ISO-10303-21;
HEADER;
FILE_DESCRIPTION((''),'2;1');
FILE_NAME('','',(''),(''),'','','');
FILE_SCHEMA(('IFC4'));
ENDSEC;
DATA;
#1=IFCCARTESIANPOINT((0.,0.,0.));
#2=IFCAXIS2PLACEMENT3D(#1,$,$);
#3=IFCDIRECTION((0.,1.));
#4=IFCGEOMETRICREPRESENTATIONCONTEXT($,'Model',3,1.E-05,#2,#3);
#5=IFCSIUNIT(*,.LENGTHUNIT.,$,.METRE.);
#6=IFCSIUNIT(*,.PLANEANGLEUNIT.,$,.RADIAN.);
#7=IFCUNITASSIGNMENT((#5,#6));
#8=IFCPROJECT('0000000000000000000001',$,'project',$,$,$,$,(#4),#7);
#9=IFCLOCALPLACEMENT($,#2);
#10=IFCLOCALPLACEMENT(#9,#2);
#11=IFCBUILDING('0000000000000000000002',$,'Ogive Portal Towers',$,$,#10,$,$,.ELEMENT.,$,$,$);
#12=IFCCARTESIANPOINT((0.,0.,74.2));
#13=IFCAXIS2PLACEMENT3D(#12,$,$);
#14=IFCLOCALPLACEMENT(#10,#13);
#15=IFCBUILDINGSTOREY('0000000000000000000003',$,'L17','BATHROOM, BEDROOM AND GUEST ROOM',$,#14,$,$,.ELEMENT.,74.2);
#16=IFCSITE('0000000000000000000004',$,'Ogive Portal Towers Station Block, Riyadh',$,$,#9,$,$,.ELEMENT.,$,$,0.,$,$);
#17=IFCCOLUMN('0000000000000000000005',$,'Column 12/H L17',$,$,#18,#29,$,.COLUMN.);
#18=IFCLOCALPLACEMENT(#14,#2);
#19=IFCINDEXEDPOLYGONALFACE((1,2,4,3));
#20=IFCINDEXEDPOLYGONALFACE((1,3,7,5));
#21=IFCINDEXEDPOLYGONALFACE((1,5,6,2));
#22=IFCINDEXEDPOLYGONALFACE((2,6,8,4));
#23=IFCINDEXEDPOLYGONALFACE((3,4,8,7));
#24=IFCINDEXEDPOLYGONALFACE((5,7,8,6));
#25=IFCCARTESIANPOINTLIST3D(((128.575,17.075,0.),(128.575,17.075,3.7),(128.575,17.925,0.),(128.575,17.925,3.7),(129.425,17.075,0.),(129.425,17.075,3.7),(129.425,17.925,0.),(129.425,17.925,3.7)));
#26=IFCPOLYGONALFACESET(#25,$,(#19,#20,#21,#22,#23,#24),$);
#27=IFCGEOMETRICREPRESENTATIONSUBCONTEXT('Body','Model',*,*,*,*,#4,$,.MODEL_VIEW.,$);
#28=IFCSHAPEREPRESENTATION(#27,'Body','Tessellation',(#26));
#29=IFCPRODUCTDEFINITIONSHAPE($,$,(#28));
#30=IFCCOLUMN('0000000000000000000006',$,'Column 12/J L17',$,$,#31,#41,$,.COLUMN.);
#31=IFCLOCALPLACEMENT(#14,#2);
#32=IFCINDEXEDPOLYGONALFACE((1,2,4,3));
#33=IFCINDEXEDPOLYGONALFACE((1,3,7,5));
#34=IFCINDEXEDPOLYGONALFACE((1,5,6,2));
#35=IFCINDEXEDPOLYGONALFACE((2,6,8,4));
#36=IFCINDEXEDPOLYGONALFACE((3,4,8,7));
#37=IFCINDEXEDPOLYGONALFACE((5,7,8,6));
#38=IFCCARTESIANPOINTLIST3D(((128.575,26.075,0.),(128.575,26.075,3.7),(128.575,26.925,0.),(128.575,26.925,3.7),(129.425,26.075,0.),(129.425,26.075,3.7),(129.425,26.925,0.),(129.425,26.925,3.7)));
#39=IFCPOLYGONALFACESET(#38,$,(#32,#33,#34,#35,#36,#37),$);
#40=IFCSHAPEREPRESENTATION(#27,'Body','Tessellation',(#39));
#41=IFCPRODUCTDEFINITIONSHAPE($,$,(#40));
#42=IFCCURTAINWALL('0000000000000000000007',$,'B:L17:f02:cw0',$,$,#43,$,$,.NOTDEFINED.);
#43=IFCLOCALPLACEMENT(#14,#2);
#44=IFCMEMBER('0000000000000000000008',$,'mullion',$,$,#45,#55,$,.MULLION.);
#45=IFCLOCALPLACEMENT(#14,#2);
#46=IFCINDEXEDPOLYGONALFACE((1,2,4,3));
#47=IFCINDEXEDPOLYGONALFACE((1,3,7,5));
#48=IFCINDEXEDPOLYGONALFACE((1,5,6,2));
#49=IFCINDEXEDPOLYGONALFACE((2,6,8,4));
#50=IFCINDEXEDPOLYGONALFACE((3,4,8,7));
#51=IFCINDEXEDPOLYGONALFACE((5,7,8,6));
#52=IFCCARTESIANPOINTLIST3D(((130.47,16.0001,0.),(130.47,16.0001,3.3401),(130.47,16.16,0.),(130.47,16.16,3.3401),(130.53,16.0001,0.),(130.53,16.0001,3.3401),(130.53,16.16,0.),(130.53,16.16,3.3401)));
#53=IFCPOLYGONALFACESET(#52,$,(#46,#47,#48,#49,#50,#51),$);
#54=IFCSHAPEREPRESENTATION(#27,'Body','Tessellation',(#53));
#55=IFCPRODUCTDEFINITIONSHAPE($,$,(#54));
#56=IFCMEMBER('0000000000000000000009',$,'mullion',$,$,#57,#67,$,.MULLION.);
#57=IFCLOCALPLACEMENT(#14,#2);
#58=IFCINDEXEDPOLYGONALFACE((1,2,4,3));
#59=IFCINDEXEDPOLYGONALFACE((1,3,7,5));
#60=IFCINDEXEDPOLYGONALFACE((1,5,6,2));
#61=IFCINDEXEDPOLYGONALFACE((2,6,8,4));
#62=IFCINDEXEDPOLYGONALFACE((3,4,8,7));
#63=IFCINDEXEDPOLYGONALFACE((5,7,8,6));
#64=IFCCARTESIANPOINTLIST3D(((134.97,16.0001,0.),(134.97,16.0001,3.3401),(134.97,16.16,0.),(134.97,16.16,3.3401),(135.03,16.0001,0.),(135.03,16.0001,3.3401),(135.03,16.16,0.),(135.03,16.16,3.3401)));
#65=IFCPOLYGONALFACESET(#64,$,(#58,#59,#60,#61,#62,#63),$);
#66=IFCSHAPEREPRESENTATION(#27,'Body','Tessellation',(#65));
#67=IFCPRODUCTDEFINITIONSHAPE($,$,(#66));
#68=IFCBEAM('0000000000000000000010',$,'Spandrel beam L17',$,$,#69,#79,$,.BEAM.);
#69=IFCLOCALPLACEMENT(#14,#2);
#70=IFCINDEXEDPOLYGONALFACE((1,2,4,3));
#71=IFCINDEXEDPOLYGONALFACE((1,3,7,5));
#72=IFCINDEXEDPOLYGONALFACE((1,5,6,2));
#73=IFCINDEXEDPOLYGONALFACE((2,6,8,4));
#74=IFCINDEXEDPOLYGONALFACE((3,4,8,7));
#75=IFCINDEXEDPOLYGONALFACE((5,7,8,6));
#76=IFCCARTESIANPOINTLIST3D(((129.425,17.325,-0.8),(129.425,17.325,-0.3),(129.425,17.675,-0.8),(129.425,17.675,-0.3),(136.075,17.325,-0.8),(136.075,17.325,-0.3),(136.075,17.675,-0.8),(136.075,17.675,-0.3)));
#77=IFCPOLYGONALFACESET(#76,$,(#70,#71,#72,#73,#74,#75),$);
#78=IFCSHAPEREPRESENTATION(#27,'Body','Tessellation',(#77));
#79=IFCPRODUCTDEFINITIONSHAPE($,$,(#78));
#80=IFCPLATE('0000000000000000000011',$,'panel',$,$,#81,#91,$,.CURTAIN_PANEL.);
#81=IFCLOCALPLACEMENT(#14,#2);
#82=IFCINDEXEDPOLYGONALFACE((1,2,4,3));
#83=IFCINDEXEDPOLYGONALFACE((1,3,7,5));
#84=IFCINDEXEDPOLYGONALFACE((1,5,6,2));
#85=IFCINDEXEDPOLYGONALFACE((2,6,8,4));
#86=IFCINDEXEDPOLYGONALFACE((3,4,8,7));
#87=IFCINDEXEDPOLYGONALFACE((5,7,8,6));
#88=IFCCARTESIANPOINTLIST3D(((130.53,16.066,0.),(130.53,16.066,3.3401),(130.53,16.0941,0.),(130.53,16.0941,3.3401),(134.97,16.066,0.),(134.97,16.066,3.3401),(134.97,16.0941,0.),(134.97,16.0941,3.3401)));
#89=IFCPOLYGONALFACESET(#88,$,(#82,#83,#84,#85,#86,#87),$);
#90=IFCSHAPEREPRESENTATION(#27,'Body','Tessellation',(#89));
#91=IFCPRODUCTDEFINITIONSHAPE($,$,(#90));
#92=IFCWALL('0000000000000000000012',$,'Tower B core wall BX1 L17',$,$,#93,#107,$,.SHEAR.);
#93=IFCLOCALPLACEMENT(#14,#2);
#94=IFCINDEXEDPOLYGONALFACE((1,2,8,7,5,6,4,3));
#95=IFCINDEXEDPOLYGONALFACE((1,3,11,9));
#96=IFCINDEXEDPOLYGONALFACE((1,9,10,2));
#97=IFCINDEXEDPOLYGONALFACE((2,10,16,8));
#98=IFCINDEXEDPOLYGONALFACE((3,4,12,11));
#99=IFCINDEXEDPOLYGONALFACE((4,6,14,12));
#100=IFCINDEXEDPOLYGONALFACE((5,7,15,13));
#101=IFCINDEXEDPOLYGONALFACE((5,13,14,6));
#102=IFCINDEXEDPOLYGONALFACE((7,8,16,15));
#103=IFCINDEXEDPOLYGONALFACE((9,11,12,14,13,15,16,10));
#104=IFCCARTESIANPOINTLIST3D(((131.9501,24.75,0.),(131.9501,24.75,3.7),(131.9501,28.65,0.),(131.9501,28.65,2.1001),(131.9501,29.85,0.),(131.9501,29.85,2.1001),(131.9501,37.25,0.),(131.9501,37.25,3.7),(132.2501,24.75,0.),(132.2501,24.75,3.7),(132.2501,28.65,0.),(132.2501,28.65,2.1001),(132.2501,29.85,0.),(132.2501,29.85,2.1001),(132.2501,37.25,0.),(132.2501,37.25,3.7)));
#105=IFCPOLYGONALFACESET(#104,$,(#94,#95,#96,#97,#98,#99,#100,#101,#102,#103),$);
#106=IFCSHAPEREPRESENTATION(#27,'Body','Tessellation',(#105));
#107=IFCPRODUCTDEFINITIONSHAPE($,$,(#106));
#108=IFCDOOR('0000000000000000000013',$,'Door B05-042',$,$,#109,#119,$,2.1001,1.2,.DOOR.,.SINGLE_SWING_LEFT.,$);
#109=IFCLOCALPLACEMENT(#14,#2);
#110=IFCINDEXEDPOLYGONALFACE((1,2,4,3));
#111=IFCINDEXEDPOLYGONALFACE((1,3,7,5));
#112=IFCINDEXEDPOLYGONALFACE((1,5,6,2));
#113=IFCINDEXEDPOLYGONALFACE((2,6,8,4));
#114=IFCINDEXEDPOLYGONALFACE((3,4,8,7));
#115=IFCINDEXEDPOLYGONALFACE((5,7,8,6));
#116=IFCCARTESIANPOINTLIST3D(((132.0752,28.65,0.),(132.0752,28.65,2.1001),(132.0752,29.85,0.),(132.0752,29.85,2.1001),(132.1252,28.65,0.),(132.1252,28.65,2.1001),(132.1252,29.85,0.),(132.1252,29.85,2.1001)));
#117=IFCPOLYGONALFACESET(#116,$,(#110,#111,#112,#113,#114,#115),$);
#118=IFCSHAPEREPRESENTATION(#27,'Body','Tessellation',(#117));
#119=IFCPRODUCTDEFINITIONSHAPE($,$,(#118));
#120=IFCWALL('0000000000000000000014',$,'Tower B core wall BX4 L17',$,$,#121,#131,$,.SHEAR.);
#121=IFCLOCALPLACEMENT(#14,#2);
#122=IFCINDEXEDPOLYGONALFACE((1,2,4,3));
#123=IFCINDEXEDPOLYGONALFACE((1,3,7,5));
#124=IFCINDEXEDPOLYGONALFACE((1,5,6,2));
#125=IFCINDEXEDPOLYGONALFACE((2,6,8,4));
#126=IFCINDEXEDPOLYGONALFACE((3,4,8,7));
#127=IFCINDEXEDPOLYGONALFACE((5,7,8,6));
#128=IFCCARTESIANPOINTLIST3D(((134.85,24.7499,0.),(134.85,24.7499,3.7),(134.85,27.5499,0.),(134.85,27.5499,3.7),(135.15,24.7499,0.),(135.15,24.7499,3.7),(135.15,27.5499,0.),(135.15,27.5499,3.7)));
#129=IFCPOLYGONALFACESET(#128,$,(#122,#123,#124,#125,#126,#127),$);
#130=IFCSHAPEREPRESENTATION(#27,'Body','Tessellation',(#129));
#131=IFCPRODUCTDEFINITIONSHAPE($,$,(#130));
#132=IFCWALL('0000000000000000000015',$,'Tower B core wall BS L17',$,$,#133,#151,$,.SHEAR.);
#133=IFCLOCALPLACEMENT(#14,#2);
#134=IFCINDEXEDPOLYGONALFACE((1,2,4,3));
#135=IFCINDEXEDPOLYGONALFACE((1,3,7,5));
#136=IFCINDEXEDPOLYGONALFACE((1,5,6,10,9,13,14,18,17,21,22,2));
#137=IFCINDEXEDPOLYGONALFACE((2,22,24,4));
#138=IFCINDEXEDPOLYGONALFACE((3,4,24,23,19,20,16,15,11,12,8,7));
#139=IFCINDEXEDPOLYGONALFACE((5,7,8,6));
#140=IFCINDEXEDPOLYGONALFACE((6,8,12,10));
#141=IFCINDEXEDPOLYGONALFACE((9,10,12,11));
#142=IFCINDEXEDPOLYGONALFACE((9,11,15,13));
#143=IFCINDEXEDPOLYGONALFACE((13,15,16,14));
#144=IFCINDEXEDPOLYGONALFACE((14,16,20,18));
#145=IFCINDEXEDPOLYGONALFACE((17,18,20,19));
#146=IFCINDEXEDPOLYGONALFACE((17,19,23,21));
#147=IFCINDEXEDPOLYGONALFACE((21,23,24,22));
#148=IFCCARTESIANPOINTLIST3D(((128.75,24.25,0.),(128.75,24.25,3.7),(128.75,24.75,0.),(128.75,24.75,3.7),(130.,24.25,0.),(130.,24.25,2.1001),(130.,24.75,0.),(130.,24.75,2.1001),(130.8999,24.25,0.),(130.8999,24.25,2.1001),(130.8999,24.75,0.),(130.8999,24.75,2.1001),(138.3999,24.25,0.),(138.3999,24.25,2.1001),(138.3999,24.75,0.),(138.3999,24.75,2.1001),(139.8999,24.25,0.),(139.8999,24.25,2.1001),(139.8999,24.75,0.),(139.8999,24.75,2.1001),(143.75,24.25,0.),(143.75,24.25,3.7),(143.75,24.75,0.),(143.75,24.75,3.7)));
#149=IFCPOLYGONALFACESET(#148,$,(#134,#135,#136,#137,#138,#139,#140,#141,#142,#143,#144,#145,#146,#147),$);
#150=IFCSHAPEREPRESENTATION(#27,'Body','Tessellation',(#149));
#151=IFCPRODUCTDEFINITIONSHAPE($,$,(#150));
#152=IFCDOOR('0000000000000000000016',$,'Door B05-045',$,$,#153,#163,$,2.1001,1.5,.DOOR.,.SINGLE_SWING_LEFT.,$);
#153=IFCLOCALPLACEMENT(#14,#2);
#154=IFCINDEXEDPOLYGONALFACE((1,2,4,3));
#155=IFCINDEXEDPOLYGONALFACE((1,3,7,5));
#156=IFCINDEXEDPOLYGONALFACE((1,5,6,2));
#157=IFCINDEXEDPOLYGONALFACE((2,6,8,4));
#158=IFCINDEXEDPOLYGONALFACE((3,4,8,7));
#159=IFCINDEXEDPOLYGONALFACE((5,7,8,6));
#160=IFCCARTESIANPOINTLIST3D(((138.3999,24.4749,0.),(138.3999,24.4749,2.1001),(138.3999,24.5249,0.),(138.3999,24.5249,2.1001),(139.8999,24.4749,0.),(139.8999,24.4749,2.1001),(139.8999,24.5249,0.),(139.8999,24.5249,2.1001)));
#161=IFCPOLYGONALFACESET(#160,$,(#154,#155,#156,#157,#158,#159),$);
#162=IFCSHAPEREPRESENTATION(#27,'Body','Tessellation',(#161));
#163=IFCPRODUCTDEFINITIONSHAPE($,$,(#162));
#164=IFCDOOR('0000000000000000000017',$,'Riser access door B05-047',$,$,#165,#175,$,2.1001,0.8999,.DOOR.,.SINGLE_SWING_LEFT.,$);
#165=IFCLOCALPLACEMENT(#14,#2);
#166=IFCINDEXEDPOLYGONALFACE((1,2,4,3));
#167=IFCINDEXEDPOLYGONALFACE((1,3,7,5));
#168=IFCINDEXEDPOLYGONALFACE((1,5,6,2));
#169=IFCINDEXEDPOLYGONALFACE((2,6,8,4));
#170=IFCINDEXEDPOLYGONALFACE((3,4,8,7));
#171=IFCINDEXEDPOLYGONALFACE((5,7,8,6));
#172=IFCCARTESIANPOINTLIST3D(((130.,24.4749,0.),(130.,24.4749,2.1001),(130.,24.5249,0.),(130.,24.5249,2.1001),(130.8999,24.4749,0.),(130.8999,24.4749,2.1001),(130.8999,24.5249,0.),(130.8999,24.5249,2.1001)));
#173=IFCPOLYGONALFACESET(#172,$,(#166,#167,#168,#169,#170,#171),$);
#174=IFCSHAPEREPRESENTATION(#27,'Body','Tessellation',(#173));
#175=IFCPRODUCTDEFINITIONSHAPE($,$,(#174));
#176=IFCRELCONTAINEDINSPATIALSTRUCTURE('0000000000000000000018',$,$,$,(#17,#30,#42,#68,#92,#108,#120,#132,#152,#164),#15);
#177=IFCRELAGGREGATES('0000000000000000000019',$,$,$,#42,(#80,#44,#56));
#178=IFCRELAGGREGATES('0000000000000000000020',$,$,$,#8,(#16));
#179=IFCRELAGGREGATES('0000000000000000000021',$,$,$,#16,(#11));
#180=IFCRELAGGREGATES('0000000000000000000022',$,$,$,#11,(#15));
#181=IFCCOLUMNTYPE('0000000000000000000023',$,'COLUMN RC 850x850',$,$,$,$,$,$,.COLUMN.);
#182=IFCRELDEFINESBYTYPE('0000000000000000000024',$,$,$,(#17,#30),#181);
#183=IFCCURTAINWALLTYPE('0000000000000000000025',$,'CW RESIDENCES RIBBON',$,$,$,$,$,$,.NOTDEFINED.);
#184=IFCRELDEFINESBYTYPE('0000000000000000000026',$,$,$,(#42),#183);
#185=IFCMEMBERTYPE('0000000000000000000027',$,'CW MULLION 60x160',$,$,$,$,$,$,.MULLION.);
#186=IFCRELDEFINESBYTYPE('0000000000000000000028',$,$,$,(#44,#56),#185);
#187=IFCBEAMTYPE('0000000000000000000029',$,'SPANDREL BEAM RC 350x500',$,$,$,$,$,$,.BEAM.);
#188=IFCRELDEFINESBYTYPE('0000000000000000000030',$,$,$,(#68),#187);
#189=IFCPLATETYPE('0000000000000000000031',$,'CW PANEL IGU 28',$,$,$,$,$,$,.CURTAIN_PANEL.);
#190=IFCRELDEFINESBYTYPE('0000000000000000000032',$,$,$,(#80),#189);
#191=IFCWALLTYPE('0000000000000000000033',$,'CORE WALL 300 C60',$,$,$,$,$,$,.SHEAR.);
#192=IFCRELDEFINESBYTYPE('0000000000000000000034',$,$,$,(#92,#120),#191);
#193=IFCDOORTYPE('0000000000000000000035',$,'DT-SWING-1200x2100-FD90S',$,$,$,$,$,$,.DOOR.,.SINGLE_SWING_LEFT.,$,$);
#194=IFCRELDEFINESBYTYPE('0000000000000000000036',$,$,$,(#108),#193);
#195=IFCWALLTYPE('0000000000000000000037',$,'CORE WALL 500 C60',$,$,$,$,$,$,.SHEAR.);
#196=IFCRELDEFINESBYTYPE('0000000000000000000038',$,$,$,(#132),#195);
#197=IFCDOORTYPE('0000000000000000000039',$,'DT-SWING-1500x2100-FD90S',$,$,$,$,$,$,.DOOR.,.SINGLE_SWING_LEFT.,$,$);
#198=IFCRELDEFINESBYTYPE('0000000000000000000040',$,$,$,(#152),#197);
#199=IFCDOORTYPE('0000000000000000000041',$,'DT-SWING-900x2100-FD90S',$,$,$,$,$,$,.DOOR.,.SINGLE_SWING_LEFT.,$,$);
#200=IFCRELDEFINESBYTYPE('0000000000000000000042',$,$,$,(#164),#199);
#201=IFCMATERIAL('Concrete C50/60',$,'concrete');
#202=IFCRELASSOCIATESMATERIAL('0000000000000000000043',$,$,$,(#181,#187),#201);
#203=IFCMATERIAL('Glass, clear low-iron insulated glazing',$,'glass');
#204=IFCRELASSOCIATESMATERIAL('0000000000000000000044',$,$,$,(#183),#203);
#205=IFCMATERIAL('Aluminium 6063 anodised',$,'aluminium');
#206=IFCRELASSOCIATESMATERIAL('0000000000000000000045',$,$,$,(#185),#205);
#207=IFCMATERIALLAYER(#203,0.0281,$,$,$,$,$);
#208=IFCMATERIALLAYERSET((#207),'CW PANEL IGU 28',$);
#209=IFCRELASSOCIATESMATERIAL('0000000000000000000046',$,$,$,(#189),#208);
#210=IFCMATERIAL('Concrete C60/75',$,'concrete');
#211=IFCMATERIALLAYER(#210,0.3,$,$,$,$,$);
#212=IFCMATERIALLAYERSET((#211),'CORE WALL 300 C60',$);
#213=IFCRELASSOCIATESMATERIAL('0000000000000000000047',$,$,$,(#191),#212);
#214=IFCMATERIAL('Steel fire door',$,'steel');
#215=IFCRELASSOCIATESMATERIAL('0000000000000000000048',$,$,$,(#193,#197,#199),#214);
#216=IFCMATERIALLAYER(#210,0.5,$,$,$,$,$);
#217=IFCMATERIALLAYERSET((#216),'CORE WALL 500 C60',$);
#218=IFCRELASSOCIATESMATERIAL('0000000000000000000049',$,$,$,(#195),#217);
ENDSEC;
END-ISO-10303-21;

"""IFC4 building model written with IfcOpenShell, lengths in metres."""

from ifc_helpers import new_model, si_unit, direction, frame, frame_2d, origin, origin_2d, place, context, subcontext, project, spatial, rectangle, extrude, material, layer, layer_set, material_profile, profile_set, type_object, element, fill, aggregate, save


model = new_model("IFC4")

# Units and contexts
model_context = context("Model", 3, precision=1e-05, world=origin(), true_north=direction((0.0, 1.0)))
body_context = subcontext(model_context, "Body", "Model", "MODEL_VIEW")
ifc_project = project(units=[si_unit("LENGTHUNIT", "METRE"), si_unit("PLANEANGLEUNIT", "RADIAN")], contexts=[model_context])

# Site, building, storey
site_placement = place(None, origin())
site = spatial("IfcSite", under=ifc_project, at=site_placement, Name="Ogive Portal Towers Station Block, Riyadh", CompositionType="ELEMENT", RefElevation=0.0)
building_placement = place(site_placement, origin())
building = spatial("IfcBuilding", under=site, at=building_placement, Name="Ogive Portal Towers", CompositionType="ELEMENT")
storey_placement = place(building_placement, frame((0.0, 0.0, 74.2)))
storey = spatial("IfcBuildingStorey", under=building, at=storey_placement, Name="L17", Description="BATHROOM, BEDROOM AND GUEST ROOM", CompositionType="ELEMENT", Elevation=74.2)

# Columns
ifc_material_1 = material(Name="Concrete C50/60", Category="concrete")
ifc_material_profile_1 = material_profile(ifc_material_1, rectangle(XDim=0.8501, YDim=0.8501, at=origin_2d()), Name="RC 850x850")
ifc_profile_set_1 = profile_set([ifc_material_profile_1], Name="Concrete C50/60")
column_type = type_object("IfcColumnType", Name="COLUMN RC 850x850", PredefinedType="COLUMN", material=ifc_profile_set_1)
for number, where, z_axis, x_axis, name in (
    (1, (129.0, 17.5, 0.0), (0.0, 0.0, 1.0), (1.0, 0.0, 0.0), "Column 12/H L17"),
    (2, (129.0, 26.5, 0.0), (0.0, 0.0, 1.0), (1.0, 0.0, 0.0), "Column 12/J L17"),
):
    element("IfcColumn", number, at=place(storey_placement, frame(where, z_axis=z_axis, x_axis=x_axis)), inside=storey, type_object=column_type, Name=name, PredefinedType="COLUMN", context=body_context, shape_type="SweptSolid", body=[
        extrude(rectangle(XDim=0.8501, YDim=0.8501, at=origin_2d()), origin(), (0.0, 0.0, 1.0), 3.7),
    ])

# Curtain wall, members
ifc_material_2 = material(Name="Glass, clear low-iron insulated glazing", Category="glass")
curtain_wall_type = type_object("IfcCurtainWallType", Name="CW RESIDENCES RIBBON", PredefinedType="NOTDEFINED", material=ifc_material_2)
curtain_wall_placement = place(storey_placement, origin())
curtain_wall = element("IfcCurtainWall", 3, at=curtain_wall_placement, inside=storey, type_object=curtain_wall_type, Name="B:L17:f02:cw0", PredefinedType="NOTDEFINED")
ifc_material_3 = material(Name="Aluminium 6063 anodised", Category="aluminium")
ifc_material_profile_2 = material_profile(ifc_material_3, rectangle(XDim=0.1599, YDim=0.0601, at=origin_2d()), Name="AL 60x160")
ifc_profile_set_2 = profile_set([ifc_material_profile_2], Name="Aluminium 6063 anodised")
member_type = type_object("IfcMemberType", Name="CW MULLION 60x160", PredefinedType="MULLION", material=ifc_profile_set_2)
member_1_placement = place(storey_placement, frame((130.5, 16.0801, 0.0), z_axis=(0.0, 0.0, 1.0), x_axis=(0.0, 1.0, 0.0)))
member_1 = element("IfcMember", 4, at=member_1_placement, type_object=member_type, Name="mullion", PredefinedType="MULLION", context=body_context, shape_type="SweptSolid", body=[
    extrude(rectangle(XDim=0.1599, YDim=0.0601, at=origin_2d()), origin(), (0.0, 0.0, 1.0), 3.3401),
])
member_2_placement = place(storey_placement, frame((135.0, 16.0801, 0.0), z_axis=(0.0, 0.0, 1.0), x_axis=(0.0, 1.0, 0.0)))
member_2 = element("IfcMember", 5, at=member_2_placement, type_object=member_type, Name="mullion", PredefinedType="MULLION", context=body_context, shape_type="SweptSolid", body=[
    extrude(rectangle(XDim=0.1599, YDim=0.0601, at=origin_2d()), origin(), (0.0, 0.0, 1.0), 3.3401),
])

# Beam
ifc_material_profile_3 = material_profile(ifc_material_1, rectangle(XDim=0.3501, YDim=0.5, at=origin_2d()), Name="RC 350x500")
ifc_profile_set_3 = profile_set([ifc_material_profile_3], Name="Concrete C50/60")
beam_type = type_object("IfcBeamType", Name="SPANDREL BEAM RC 350x500", PredefinedType="BEAM", material=ifc_profile_set_3)
beam_placement = place(storey_placement, frame((129.425, 17.5, -0.55), z_axis=(1.0, 0.0, 0.0), x_axis=(0.0, 1.0, 0.0)))
element("IfcBeam", 6, at=beam_placement, inside=storey, type_object=beam_type, Name="Spandrel beam L17", PredefinedType="BEAM", context=body_context, shape_type="SweptSolid", body=[
    extrude(rectangle(XDim=0.3501, YDim=0.5, at=origin_2d()), origin(), (0.0, 0.0, 1.0), 6.6499),
])

# Plate
ifc_layer_1 = layer(ifc_material_2, 0.0281)
ifc_layer_set_1 = layer_set([ifc_layer_1], Name="CW PANEL IGU 28")
plate_type = type_object("IfcPlateType", Name="CW PANEL IGU 28", PredefinedType="CURTAIN_PANEL", material=ifc_layer_set_1)
plate_placement = place(storey_placement, frame((132.75, 16.0801, 0.0), z_axis=(0.0, 0.0, 1.0), x_axis=(1.0, 0.0, 0.0)))
plate = element("IfcPlate", 7, at=plate_placement, type_object=plate_type, Name="panel", PredefinedType="CURTAIN_PANEL", context=body_context, shape_type="SweptSolid", body=[
    extrude(rectangle(XDim=4.4399, YDim=0.0281, at=origin_2d()), origin(), (0.0, 0.0, 1.0), 3.3401),
])
aggregate(curtain_wall, [plate, member_1, member_2])

# Wall, opening, door
ifc_material_4 = material(Name="Concrete C60/75", Category="concrete")
ifc_layer_2 = layer(ifc_material_4, 0.3)
ifc_layer_set_2 = layer_set([ifc_layer_2], Name="CORE WALL 300 C60")
wall_type_1 = type_object("IfcWallType", Name="CORE WALL 300 C60", PredefinedType="SHEAR", material=ifc_layer_set_2)
wall_1_placement = place(storey_placement, frame((132.1001, 24.75, 0.0), z_axis=(0.0, 0.0, 1.0), x_axis=(0.0, 1.0, 0.0)))
wall_1 = element("IfcWall", 8, at=wall_1_placement, inside=storey, type_object=wall_type_1, Name="Tower B core wall BX1 L17", PredefinedType="SHEAR", context=body_context, shape_type="SweptSolid", body=[
    extrude(rectangle(XDim=12.5, YDim=0.3, at=frame_2d((6.25, 0.0))), origin(), (0.0, 0.0, 1.0), 3.7),
])
opening_1_placement = place(wall_1_placement, frame((3.8999, 0.0, 0.0)))
opening_1 = element("IfcOpeningElement", 9, at=opening_1_placement, cuts=wall_1, PredefinedType="OPENING", context=body_context, shape_type="SweptSolid", body=[
    extrude(rectangle(XDim=1.2, YDim=2.1001, at=frame_2d((0.6001, 1.05))), frame((0.0, 0.1602, 0.0), z_axis=(0.0, -1.0, 0.0), x_axis=(1.0, 0.0, 0.0)), (0.0, 0.0, 1.0), 0.3201),
])
ifc_material_5 = material(Name="Steel fire door", Category="steel")
door_type_1 = type_object("IfcDoorType", Name="DT-SWING-1200x2100-FD90S", OperationType="SINGLE_SWING_LEFT", PredefinedType="DOOR", material=ifc_material_5)
door_1_placement = place(opening_1_placement, origin())
door_1 = element("IfcDoor", 10, at=door_1_placement, inside=storey, type_object=door_type_1, Name="Door B05-042", OperationType="SINGLE_SWING_LEFT", OverallHeight=2.1001, OverallWidth=1.2, PredefinedType="DOOR", context=body_context, shape_type="SweptSolid", body=[
    extrude(rectangle(XDim=1.2, YDim=2.1001, at=frame_2d((0.6001, 1.05))), frame((0.0, 0.0249, 0.0), z_axis=(0.0, -1.0, 0.0), x_axis=(1.0, 0.0, 0.0)), (0.0, 0.0, 1.0), 0.05),
])
fill(opening_1, door_1)

# Wall
wall_2_placement = place(storey_placement, frame((135.0, 24.75, 0.0), z_axis=(0.0, 0.0, 1.0), x_axis=(0.0, 1.0, 0.0)))
element("IfcWall", 11, at=wall_2_placement, inside=storey, type_object=wall_type_1, Name="Tower B core wall BX4 L17", PredefinedType="SHEAR", context=body_context, shape_type="SweptSolid", body=[
    extrude(rectangle(XDim=2.8, YDim=0.3, at=frame_2d((1.3999, 0.0))), origin(), (0.0, 0.0, 1.0), 3.7),
])

# Wall, openings, doors
ifc_layer_3 = layer(ifc_material_4, 0.5)
ifc_layer_set_3 = layer_set([ifc_layer_3], Name="CORE WALL 500 C60")
wall_type_2 = type_object("IfcWallType", Name="CORE WALL 500 C60", PredefinedType="SHEAR", material=ifc_layer_set_3)
wall_3_placement = place(storey_placement, frame((128.75, 24.5, 0.0), z_axis=(0.0, 0.0, 1.0), x_axis=(1.0, 0.0, 0.0)))
wall_3 = element("IfcWall", 12, at=wall_3_placement, inside=storey, type_object=wall_type_2, Name="Tower B core wall BS L17", PredefinedType="SHEAR", context=body_context, shape_type="SweptSolid", body=[
    extrude(rectangle(XDim=15.0, YDim=0.5, at=frame_2d((7.5, 0.0))), origin(), (0.0, 0.0, 1.0), 3.7),
])
opening_2_placement = place(wall_3_placement, frame((9.6499, 0.0, 0.0)))
opening_2 = element("IfcOpeningElement", 13, at=opening_2_placement, cuts=wall_3, PredefinedType="OPENING", context=body_context, shape_type="SweptSolid", body=[
    extrude(rectangle(XDim=1.5, YDim=2.1001, at=frame_2d((0.75, 1.05))), frame((0.0, 0.26, 0.0), z_axis=(0.0, -1.0, 0.0), x_axis=(1.0, 0.0, 0.0)), (0.0, 0.0, 1.0), 0.52),
])
opening_3_placement = place(wall_3_placement, frame((1.25, 0.0, 0.0)))
opening_3 = element("IfcOpeningElement", 14, at=opening_3_placement, cuts=wall_3, PredefinedType="OPENING", context=body_context, shape_type="SweptSolid", body=[
    extrude(rectangle(XDim=0.8999, YDim=2.1001, at=frame_2d((0.45, 1.05))), frame((0.0, 0.26, 0.0), z_axis=(0.0, -1.0, 0.0), x_axis=(1.0, 0.0, 0.0)), (0.0, 0.0, 1.0), 0.52),
])
door_type_2 = type_object("IfcDoorType", Name="DT-SWING-1500x2100-FD90S", OperationType="SINGLE_SWING_LEFT", PredefinedType="DOOR", material=ifc_material_5)
door_2_placement = place(opening_2_placement, origin())
door_2 = element("IfcDoor", 15, at=door_2_placement, inside=storey, type_object=door_type_2, Name="Door B05-045", OperationType="SINGLE_SWING_LEFT", OverallHeight=2.1001, OverallWidth=1.5, PredefinedType="DOOR", context=body_context, shape_type="SweptSolid", body=[
    extrude(rectangle(XDim=1.5, YDim=2.1001, at=frame_2d((0.75, 1.05))), frame((0.0, 0.0249, 0.0), z_axis=(0.0, -1.0, 0.0), x_axis=(1.0, 0.0, 0.0)), (0.0, 0.0, 1.0), 0.05),
])
fill(opening_2, door_2)
door_type_3 = type_object("IfcDoorType", Name="DT-SWING-900x2100-FD90S", OperationType="SINGLE_SWING_LEFT", PredefinedType="DOOR", material=ifc_material_5)
door_3_placement = place(opening_3_placement, origin())
door_3 = element("IfcDoor", 16, at=door_3_placement, inside=storey, type_object=door_type_3, Name="Riser access door B05-047", OperationType="SINGLE_SWING_LEFT", OverallHeight=2.1001, OverallWidth=0.8999, PredefinedType="DOOR", context=body_context, shape_type="SweptSolid", body=[
    extrude(rectangle(XDim=0.8999, YDim=2.1001, at=frame_2d((0.45, 1.05))), frame((0.0, 0.0249, 0.0), z_axis=(0.0, -1.0, 0.0), x_axis=(1.0, 0.0, 0.0)), (0.0, 0.0, 1.0), 0.05),
])
fill(opening_3, door_3)

save(model, "model.ifc")
